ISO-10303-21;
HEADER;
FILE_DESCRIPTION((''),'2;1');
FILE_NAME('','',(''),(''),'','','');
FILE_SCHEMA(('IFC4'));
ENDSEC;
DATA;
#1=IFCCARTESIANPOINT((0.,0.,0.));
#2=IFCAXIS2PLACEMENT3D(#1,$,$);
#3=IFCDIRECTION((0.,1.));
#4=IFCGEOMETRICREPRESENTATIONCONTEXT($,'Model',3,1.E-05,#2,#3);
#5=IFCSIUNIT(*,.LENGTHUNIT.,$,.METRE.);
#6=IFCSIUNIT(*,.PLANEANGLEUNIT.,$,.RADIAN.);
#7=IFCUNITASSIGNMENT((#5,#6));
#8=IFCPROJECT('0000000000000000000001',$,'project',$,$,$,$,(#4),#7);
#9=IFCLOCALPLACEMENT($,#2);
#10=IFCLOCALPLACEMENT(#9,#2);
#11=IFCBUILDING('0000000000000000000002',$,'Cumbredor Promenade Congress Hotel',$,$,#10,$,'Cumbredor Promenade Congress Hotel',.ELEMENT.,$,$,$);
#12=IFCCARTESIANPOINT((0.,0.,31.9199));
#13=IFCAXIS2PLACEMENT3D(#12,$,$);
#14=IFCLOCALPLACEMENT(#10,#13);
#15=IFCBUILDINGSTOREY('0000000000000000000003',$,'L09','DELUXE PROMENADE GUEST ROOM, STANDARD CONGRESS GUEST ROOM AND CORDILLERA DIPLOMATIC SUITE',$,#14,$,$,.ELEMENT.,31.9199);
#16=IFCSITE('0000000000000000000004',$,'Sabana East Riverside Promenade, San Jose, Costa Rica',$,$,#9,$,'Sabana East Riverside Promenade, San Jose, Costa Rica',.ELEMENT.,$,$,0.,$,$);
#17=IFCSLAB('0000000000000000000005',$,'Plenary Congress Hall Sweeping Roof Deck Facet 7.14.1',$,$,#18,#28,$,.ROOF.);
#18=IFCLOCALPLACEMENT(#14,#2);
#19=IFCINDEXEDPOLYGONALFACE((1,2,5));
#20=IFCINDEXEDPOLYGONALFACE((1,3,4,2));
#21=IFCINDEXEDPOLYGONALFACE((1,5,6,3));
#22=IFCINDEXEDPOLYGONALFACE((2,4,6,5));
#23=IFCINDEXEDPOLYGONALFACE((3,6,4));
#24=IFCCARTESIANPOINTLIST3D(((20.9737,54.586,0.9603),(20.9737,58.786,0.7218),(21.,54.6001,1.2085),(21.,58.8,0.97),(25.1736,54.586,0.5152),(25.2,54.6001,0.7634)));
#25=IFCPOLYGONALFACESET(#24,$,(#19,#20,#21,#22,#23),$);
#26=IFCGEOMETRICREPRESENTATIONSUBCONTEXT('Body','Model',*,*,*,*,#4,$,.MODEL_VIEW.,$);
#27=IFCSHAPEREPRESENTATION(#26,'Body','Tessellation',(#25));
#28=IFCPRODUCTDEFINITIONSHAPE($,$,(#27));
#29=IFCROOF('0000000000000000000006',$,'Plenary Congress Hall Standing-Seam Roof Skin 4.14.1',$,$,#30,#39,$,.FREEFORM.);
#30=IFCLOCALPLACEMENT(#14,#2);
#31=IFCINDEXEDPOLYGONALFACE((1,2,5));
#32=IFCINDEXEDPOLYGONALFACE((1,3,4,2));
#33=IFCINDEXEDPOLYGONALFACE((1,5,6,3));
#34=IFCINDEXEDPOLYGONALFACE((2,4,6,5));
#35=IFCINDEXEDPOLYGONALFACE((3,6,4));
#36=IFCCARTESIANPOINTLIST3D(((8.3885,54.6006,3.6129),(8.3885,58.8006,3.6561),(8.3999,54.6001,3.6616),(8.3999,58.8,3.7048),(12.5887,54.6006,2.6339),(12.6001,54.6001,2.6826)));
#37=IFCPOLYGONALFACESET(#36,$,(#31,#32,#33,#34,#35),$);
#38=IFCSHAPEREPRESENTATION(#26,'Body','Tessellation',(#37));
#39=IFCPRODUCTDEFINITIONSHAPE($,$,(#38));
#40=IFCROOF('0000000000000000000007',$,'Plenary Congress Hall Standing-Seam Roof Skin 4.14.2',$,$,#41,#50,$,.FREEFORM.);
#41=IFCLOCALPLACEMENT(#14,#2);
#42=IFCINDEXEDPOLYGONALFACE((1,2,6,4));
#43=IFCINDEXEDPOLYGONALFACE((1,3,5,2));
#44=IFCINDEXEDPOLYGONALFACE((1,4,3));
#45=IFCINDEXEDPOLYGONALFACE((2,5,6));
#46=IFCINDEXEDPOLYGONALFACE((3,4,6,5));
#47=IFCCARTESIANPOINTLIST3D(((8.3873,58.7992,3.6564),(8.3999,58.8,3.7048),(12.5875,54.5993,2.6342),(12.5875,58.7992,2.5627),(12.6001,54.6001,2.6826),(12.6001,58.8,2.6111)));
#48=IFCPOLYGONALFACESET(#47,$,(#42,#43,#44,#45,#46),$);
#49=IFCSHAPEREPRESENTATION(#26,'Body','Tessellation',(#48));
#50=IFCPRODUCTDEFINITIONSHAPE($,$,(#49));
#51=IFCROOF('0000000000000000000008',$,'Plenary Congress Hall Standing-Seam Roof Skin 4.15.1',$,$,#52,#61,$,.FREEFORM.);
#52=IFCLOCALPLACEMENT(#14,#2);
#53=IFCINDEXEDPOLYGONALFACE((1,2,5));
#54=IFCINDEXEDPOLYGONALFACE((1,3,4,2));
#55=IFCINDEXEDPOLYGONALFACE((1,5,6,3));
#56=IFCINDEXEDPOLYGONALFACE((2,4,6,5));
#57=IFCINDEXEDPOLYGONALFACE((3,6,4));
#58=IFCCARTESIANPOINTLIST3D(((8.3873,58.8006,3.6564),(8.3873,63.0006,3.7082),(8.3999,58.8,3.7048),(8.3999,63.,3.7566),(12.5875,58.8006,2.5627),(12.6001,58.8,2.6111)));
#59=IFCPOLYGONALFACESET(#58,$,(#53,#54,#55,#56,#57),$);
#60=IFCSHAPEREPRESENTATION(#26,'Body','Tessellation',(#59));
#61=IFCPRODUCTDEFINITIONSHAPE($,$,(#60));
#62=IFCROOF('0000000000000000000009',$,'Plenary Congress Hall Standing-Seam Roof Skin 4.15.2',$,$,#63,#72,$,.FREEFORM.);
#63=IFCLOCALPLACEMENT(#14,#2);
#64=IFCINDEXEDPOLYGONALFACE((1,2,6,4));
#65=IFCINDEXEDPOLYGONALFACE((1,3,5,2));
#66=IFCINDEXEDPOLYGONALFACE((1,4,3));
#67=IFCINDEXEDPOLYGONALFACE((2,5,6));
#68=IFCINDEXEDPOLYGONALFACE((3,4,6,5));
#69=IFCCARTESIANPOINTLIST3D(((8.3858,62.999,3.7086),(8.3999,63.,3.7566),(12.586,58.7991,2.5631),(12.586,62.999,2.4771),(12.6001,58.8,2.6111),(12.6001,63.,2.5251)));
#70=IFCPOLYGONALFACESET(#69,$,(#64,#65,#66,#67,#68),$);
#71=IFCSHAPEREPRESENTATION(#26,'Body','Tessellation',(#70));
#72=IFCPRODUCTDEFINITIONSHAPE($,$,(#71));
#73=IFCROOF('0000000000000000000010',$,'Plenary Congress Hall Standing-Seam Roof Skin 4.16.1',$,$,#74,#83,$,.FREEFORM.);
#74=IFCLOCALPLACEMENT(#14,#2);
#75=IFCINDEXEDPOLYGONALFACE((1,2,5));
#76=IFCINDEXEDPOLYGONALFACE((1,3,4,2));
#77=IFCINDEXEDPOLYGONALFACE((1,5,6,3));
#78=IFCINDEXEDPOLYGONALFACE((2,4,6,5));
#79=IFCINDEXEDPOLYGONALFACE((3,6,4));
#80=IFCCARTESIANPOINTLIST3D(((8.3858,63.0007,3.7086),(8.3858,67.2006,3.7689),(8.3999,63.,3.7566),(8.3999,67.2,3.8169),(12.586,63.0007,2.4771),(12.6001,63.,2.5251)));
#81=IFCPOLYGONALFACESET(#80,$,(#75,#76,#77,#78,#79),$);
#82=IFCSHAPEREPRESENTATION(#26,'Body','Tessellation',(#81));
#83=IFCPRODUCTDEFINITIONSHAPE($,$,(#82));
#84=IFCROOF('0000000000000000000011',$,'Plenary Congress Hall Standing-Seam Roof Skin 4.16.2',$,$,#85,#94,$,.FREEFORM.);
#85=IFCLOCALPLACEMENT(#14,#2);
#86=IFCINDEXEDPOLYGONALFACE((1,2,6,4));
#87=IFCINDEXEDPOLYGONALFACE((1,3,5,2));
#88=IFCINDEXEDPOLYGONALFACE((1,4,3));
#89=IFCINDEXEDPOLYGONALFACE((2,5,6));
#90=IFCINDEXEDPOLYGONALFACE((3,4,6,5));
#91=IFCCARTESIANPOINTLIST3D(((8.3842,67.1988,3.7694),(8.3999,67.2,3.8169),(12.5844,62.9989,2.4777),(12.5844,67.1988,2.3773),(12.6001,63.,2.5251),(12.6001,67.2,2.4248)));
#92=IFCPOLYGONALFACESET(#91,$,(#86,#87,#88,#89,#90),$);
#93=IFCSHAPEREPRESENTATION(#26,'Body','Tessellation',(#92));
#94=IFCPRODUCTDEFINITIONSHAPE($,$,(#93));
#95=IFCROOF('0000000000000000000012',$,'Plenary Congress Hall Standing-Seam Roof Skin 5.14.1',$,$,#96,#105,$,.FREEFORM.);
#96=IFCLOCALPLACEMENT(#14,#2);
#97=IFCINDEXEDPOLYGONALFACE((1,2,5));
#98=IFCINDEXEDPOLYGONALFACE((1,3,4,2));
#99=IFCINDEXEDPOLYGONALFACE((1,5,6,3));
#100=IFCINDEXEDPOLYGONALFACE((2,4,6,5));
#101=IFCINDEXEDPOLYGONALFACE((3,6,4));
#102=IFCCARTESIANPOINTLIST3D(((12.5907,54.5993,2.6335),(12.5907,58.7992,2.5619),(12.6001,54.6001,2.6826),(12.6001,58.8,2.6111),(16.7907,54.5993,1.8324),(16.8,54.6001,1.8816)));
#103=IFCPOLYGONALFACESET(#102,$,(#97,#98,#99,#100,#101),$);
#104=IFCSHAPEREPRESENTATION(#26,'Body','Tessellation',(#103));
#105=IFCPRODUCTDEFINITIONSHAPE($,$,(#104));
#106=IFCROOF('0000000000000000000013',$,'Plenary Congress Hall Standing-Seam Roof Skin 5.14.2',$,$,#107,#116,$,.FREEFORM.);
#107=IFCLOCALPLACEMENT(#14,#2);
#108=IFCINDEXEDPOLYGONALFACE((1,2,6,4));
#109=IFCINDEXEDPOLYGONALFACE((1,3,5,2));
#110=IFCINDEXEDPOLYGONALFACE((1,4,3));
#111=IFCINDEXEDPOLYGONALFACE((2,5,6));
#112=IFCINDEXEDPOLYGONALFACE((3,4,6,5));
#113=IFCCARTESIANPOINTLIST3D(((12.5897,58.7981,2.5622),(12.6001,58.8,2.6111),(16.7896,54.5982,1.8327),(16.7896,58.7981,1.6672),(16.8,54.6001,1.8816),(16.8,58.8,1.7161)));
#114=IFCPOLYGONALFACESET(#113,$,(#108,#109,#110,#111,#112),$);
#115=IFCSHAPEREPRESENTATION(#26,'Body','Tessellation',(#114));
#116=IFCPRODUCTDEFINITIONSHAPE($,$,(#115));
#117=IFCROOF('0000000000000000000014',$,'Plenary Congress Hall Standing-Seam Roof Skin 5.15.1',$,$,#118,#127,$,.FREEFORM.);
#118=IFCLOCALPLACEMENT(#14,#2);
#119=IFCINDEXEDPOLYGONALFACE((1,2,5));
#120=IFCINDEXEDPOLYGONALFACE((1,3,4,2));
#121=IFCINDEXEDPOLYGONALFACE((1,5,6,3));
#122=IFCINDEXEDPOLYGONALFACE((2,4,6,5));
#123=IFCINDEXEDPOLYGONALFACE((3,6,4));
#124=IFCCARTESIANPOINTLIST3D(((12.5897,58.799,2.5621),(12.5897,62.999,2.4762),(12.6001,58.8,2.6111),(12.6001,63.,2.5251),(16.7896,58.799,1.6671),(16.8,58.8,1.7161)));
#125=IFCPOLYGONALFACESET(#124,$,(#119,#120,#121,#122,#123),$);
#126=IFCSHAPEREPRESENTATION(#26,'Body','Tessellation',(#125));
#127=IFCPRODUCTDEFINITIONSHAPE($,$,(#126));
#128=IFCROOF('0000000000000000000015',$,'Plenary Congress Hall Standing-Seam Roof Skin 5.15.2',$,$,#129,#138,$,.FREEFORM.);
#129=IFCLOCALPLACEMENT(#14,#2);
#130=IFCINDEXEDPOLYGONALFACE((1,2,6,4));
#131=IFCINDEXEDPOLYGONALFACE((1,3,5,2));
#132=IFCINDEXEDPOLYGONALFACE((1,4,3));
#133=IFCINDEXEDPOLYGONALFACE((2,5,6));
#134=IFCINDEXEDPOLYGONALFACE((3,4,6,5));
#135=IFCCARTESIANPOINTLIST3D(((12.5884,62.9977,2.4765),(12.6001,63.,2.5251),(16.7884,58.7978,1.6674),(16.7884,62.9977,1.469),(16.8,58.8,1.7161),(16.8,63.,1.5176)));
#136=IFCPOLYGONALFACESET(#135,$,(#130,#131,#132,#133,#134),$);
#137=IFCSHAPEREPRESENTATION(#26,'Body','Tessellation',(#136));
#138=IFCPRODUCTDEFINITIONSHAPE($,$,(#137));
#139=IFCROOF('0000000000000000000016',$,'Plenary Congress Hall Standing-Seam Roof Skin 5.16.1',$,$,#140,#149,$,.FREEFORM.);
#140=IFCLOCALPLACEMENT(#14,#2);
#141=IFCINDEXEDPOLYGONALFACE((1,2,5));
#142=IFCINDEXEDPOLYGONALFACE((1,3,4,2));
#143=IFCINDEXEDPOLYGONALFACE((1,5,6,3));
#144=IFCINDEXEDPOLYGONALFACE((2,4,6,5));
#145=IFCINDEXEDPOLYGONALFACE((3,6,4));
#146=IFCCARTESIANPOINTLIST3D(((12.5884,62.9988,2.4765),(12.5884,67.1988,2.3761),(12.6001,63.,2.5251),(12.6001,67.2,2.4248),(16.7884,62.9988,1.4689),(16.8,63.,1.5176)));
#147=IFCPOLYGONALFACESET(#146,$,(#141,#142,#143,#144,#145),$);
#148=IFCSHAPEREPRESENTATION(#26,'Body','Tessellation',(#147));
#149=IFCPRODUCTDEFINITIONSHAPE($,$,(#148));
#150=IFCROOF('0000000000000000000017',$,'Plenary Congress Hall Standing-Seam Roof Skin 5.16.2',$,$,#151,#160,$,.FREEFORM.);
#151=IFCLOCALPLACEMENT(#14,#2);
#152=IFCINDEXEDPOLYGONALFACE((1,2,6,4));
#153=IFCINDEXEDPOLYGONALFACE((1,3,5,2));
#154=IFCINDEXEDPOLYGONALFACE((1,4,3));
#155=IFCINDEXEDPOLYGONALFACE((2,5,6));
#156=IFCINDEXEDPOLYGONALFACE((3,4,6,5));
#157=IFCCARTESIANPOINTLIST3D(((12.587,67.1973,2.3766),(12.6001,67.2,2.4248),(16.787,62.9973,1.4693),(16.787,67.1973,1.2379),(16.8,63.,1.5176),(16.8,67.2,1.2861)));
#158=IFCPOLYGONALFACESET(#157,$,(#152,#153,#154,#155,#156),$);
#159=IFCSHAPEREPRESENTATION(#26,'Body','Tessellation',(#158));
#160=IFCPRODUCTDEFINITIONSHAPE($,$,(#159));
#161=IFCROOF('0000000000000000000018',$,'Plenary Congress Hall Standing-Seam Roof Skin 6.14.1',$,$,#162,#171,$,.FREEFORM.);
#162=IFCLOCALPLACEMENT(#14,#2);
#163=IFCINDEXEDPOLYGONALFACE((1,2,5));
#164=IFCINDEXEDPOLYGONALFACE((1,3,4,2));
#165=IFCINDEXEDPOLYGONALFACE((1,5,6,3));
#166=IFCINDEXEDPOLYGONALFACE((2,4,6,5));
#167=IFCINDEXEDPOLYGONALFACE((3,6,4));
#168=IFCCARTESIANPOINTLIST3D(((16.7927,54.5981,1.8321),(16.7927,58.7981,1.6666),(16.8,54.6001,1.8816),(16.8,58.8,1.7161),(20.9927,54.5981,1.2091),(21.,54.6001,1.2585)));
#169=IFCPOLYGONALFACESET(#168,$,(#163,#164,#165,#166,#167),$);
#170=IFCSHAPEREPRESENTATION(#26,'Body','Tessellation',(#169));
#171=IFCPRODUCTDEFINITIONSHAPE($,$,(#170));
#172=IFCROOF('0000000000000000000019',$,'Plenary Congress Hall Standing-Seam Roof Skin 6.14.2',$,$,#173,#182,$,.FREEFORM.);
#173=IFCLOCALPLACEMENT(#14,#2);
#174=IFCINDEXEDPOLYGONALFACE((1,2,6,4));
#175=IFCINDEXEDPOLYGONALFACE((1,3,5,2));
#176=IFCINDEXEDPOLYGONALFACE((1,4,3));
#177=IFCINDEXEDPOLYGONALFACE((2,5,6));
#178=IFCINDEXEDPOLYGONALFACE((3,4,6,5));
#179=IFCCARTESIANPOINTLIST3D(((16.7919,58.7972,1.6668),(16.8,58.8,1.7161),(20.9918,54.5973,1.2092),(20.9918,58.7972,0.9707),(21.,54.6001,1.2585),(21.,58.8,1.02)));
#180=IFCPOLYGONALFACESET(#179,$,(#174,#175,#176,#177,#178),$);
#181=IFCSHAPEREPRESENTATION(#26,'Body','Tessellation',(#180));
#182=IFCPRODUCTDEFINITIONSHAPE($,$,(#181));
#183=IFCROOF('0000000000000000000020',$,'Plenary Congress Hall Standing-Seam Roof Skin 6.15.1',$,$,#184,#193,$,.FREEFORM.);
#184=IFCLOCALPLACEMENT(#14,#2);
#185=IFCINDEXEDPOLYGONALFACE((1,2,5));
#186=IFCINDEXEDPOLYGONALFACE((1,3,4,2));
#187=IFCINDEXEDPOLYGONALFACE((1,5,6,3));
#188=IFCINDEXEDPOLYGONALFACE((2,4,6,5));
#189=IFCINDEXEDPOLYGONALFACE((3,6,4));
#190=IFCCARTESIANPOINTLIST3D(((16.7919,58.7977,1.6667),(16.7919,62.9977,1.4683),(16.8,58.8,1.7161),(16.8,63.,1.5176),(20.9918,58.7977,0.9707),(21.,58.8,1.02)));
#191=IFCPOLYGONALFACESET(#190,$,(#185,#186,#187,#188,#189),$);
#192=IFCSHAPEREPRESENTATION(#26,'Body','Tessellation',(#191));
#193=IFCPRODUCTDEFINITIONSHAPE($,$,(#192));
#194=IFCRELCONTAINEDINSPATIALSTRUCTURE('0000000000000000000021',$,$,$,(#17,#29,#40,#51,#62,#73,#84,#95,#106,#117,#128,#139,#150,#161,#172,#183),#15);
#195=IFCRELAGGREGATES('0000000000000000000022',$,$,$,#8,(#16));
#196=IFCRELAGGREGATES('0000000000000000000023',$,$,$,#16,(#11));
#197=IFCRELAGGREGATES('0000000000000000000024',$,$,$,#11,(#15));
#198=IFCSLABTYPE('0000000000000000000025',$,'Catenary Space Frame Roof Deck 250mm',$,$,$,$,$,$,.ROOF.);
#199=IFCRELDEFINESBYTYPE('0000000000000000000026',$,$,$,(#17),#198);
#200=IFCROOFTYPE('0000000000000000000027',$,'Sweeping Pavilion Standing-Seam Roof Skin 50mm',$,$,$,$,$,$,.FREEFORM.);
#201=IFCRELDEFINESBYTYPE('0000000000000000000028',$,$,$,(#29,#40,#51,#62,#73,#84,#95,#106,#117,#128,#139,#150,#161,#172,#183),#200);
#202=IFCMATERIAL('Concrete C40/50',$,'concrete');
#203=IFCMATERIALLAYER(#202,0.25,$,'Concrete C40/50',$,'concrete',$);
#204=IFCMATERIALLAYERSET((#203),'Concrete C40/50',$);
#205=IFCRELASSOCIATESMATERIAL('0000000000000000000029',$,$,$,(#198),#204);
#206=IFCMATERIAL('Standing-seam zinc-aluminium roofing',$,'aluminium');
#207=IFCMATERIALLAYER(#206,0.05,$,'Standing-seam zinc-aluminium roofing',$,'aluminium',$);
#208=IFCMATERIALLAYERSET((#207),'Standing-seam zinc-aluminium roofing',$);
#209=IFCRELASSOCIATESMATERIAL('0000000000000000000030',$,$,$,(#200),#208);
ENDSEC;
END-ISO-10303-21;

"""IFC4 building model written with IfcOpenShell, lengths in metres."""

from ifc_helpers import new_model, si_unit, direction, frame, origin, place, context, subcontext, project, spatial, polyline, outline, extrude, material, layer, layer_set, type_object, element, save


model = new_model("IFC4")

# Units and contexts
model_context = context("Model", 3, precision=1e-05, world=origin(), true_north=direction((0.0, 1.0)))
body_context = subcontext(model_context, "Body", "Model", "MODEL_VIEW")
ifc_project = project(units=[si_unit("LENGTHUNIT", "METRE"), si_unit("PLANEANGLEUNIT", "RADIAN")], contexts=[model_context])

# Site, building, storey
site_placement = place(None, origin())
site = spatial("IfcSite", under=ifc_project, at=site_placement, Name="Sabana East Riverside Promenade, San Jose, Costa Rica", LongName="Sabana East Riverside Promenade, San Jose, Costa Rica", CompositionType="ELEMENT", RefElevation=0.0)
building_placement = place(site_placement, origin())
building = spatial("IfcBuilding", under=site, at=building_placement, Name="Cumbredor Promenade Congress Hotel", LongName="Cumbredor Promenade Congress Hotel", CompositionType="ELEMENT")
storey_placement = place(building_placement, frame((0.0, 0.0, 31.9199)))
storey = spatial("IfcBuildingStorey", under=building, at=storey_placement, Name="L09", Description="DELUXE PROMENADE GUEST ROOM, STANDARD CONGRESS GUEST ROOM AND CORDILLERA DIPLOMATIC SUITE", CompositionType="ELEMENT", Elevation=31.9199)

# Slab
ifc_material_1 = material(Name="Concrete C40/50", Category="concrete")
ifc_layer_1 = layer(ifc_material_1, 0.25, Name="Concrete C40/50", Category="concrete")
ifc_layer_set_1 = layer_set([ifc_layer_1], Name="Concrete C40/50")
slab_type = type_object("IfcSlabType", Name="Catenary Space Frame Roof Deck 250mm", PredefinedType="ROOF", material=ifc_layer_set_1)
slab_1_placement = place(storey_placement, frame((21.0, 54.6001, 1.2085), z_axis=(0.105212, 0.056386, 0.99285), x_axis=(0.994432, 0.0, -0.10538)))
element("IfcSlab", 1, at=slab_1_placement, inside=storey, type_object=slab_type, Name="Plenary Congress Hall Sweeping Roof Deck Facet 7.14.1", PredefinedType="ROOF", context=body_context, shape_type="SweptSolid", body=[
    extrude(outline(polyline([(0.0, 0.0), (4.2235, 0.0), (0.0251, 4.2066), (0.0, 0.0)])), origin(), (0.0, 0.0, -1.0), 0.25),
])

# Roofs
ifc_material_2 = material(Name="Standing-seam zinc-aluminium roofing", Category="aluminium")
ifc_layer_2 = layer(ifc_material_2, 0.05, Name="Standing-seam zinc-aluminium roofing", Category="aluminium")
ifc_layer_set_2 = layer_set([ifc_layer_2], Name="Standing-seam zinc-aluminium roofing")
roof_type = type_object("IfcRoofType", Name="Sweeping Pavilion Standing-Seam Roof Skin 50mm", PredefinedType="FREEFORM", material=ifc_layer_set_2)
roof_1_placement = place(storey_placement, frame((8.3999, 54.6001, 3.6616), z_axis=(0.226989, -0.01002, 0.973846), x_axis=(0.973895, 0.0, -0.227001)))
element("IfcRoof", 2, at=roof_1_placement, inside=storey, type_object=roof_type, Name="Plenary Congress Hall Standing-Seam Roof Skin 4.14.1", PredefinedType="FREEFORM", context=body_context, shape_type="SweptSolid", body=[
    extrude(outline(polyline([(0.0, 0.0), (4.3128, 0.0), (-0.0098, 4.2002), (0.0, 0.0)])), origin(), (0.0, 0.0, -1.0), 0.05),
])
roof_2_placement = place(storey_placement, frame((12.6001, 54.6001, 2.6826), z_axis=(0.251966, 0.01648, 0.967596), x_axis=(0.0, 0.999855, -0.017029)))
element("IfcRoof", 3, at=roof_2_placement, inside=storey, type_object=roof_type, Name="Plenary Congress Hall Standing-Seam Roof Skin 4.14.2", PredefinedType="FREEFORM", context=body_context, shape_type="SweptSolid", body=[
    extrude(outline(polyline([(0.0, 0.0), (4.2006, 0.0), (4.1819, 4.3402), (0.0, 0.0)])), origin(), (0.0, 0.0, -1.0), 0.05),
])
roof_3_placement = place(storey_placement, frame((8.3999, 58.8, 3.7048), z_axis=(0.251983, -0.011925, 0.967658), x_axis=(0.967727, 0.0, -0.252001)))
element("IfcRoof", 4, at=roof_3_placement, inside=storey, type_object=roof_type, Name="Plenary Congress Hall Standing-Seam Roof Skin 4.15.1", PredefinedType="FREEFORM", context=body_context, shape_type="SweptSolid", body=[
    extrude(outline(polyline([(0.0, 0.0), (4.3403, 0.0), (-0.013, 4.2002), (0.0, 0.0)])), origin(), (0.0, 0.0, -1.0), 0.05),
])
roof_4_placement = place(storey_placement, frame((12.6001, 58.8, 2.6111), z_axis=(0.281291, 0.019631, 0.959422), x_axis=(0.0, 0.999791, -0.020457)))
element("IfcRoof", 5, at=roof_4_placement, inside=storey, type_object=roof_type, Name="Plenary Congress Hall Standing-Seam Roof Skin 4.15.2", PredefinedType="FREEFORM", context=body_context, shape_type="SweptSolid", body=[
    extrude(outline(polyline([(0.0, 0.0), (4.2008, 0.0), (4.1756, 4.3769), (0.0, 0.0)])), origin(), (0.0, 0.0, -1.0), 0.05),
])
roof_5_placement = place(storey_placement, frame((8.3999, 63.0, 3.7566), z_axis=(0.281318, -0.013777, 0.959516), x_axis=(0.959607, 0.0, -0.281345)))
element("IfcRoof", 6, at=roof_5_placement, inside=storey, type_object=roof_type, Name="Plenary Congress Hall Standing-Seam Roof Skin 4.16.1", PredefinedType="FREEFORM", context=body_context, shape_type="SweptSolid", body=[
    extrude(outline(polyline([(0.0, 0.0), (4.377, 0.0), (-0.017, 4.2003), (0.0, 0.0)])), origin(), (0.0, 0.0, -1.0), 0.05),
])
roof_6_placement = place(storey_placement, frame((12.6001, 63.0, 2.5251), z_axis=(0.314524, 0.022672, 0.948979), x_axis=(0.0, 0.999715, -0.023884)))
element("IfcRoof", 7, at=roof_6_placement, inside=storey, type_object=roof_type, Name="Plenary Congress Hall Standing-Seam Roof Skin 4.16.2", PredefinedType="FREEFORM", context=body_context, shape_type="SweptSolid", body=[
    extrude(outline(polyline([(0.0, 0.0), (4.2011, 0.0), (4.1679, 4.4248), (0.0, 0.0)])), origin(), (0.0, 0.0, -1.0), 0.05),
])
roof_7_placement = place(storey_placement, frame((12.6001, 54.6001, 2.6826), z_axis=(0.187319, 0.016728, 0.982157), x_axis=(0.982294, 0.0, -0.187346)))
element("IfcRoof", 8, at=roof_7_placement, inside=storey, type_object=roof_type, Name="Plenary Congress Hall Standing-Seam Roof Skin 5.14.1", PredefinedType="FREEFORM", context=body_context, shape_type="SweptSolid", body=[
    extrude(outline(polyline([(0.0, 0.0), (4.2757, 0.0), (0.0134, 4.2005), (0.0, 0.0)])), origin(), (0.0, 0.0, -1.0), 0.05),
])
roof_8_placement = place(storey_placement, frame((16.8, 54.6001, 1.8816), z_axis=(0.208268, 0.038518, 0.977313), x_axis=(0.0, 0.999224, -0.039381)))
element("IfcRoof", 9, at=roof_8_placement, inside=storey, type_object=roof_type, Name="Plenary Congress Hall Standing-Seam Roof Skin 5.14.2", PredefinedType="FREEFORM", context=body_context, shape_type="SweptSolid", body=[
    extrude(outline(polyline([(0.0, 0.0), (4.2032, 0.0), (4.168, 4.2941), (0.0, 0.0)])), origin(), (0.0, 0.0, -1.0), 0.05),
])
roof_9_placement = place(storey_placement, frame((12.6001, 58.8, 2.6111), z_axis=(0.208381, 0.020008, 0.977843), x_axis=(0.978039, 0.0, -0.208422)))
element("IfcRoof", 10, at=roof_9_placement, inside=storey, type_object=roof_type, Name="Plenary Congress Hall Standing-Seam Roof Skin 5.15.1", PredefinedType="FREEFORM", context=body_context, shape_type="SweptSolid", body=[
    extrude(outline(polyline([(0.0, 0.0), (4.2943, 0.0), (0.0179, 4.2008), (0.0, 0.0)])), origin(), (0.0, 0.0, -1.0), 0.05),
])
roof_10_placement = place(storey_placement, frame((16.8, 58.8, 1.7161), z_axis=(0.233035, 0.045907, 0.971384), x_axis=(0.0, 0.998885, -0.047207)))
element("IfcRoof", 11, at=roof_10_placement, inside=storey, type_object=roof_type, Name="Plenary Congress Hall Standing-Seam Roof Skin 5.15.2", PredefinedType="FREEFORM", context=body_context, shape_type="SweptSolid", body=[
    extrude(outline(polyline([(0.0, 0.0), (4.2046, 0.0), (4.1571, 4.3189), (0.0, 0.0)])), origin(), (0.0, 0.0, -1.0), 0.05),
])
roof_11_placement = place(storey_placement, frame((12.6001, 63.0, 2.5251), z_axis=(0.233218, 0.023226, 0.972147), x_axis=(0.972409, 0.0, -0.233281)))
element("IfcRoof", 12, at=roof_11_placement, inside=storey, type_object=roof_type, Name="Plenary Congress Hall Standing-Seam Roof Skin 5.16.1", PredefinedType="FREEFORM", context=body_context, shape_type="SweptSolid", body=[
    extrude(outline(polyline([(0.0, 0.0), (4.3191, 0.0), (0.0234, 4.2011), (0.0, 0.0)])), origin(), (0.0, 0.0, -1.0), 0.05),
])
roof_12_placement = place(storey_placement, frame((16.8, 63.0, 1.5176), z_axis=(0.2613, 0.053112, 0.963795), x_axis=(0.0, 0.998485, -0.055023)))
element("IfcRoof", 13, at=roof_12_placement, inside=storey, type_object=roof_type, Name="Plenary Congress Hall Standing-Seam Roof Skin 5.16.2", PredefinedType="FREEFORM", context=body_context, shape_type="SweptSolid", body=[
    extrude(outline(polyline([(0.0, 0.0), (4.2063, 0.0), (4.1437, 4.3511), (0.0, 0.0)])), origin(), (0.0, 0.0, -1.0), 0.05),
])
roof_13_placement = place(storey_placement, frame((16.8, 54.6001, 1.8816), z_axis=(0.146629, 0.038956, 0.988424), x_axis=(0.989175, 0.0, -0.14674)))
element("IfcRoof", 14, at=roof_13_placement, inside=storey, type_object=roof_type, Name="Plenary Congress Hall Standing-Seam Roof Skin 6.14.1", PredefinedType="FREEFORM", context=body_context, shape_type="SweptSolid", body=[
    extrude(outline(polyline([(0.0, 0.0), (4.2459, 0.0), (0.0243, 4.2031), (0.0, 0.0)])), origin(), (0.0, 0.0, -1.0), 0.05),
])
roof_14_placement = place(storey_placement, frame((21.0, 54.6001, 1.2585), z_axis=(0.163241, 0.05594, 0.984999), x_axis=(0.0, 0.998391, -0.056701)))
element("IfcRoof", 15, at=roof_14_placement, inside=storey, type_object=roof_type, Name="Plenary Congress Hall Standing-Seam Roof Skin 6.14.2", PredefinedType="FREEFORM", context=body_context, shape_type="SweptSolid", body=[
    extrude(outline(polyline([(0.0, 0.0), (4.2067, 0.0), (4.1673, 4.2571), (0.0, 0.0)])), origin(), (0.0, 0.0, -1.0), 0.05),
])
roof_15_placement = place(storey_placement, frame((16.8, 58.8, 1.7161), z_axis=(0.163319, 0.046573, 0.985473), x_axis=(0.986544, 0.0, -0.163497)))
element("IfcRoof", 16, at=roof_15_placement, inside=storey, type_object=roof_type, Name="Plenary Congress Hall Standing-Seam Roof Skin 6.15.1", PredefinedType="FREEFORM", context=body_context, shape_type="SweptSolid", body=[
    extrude(outline(polyline([(0.0, 0.0), (4.2572, 0.0), (0.0325, 4.2045), (0.0, 0.0)])), origin(), (0.0, 0.0, -1.0), 0.05),
])

save(model, "model.ifc")
